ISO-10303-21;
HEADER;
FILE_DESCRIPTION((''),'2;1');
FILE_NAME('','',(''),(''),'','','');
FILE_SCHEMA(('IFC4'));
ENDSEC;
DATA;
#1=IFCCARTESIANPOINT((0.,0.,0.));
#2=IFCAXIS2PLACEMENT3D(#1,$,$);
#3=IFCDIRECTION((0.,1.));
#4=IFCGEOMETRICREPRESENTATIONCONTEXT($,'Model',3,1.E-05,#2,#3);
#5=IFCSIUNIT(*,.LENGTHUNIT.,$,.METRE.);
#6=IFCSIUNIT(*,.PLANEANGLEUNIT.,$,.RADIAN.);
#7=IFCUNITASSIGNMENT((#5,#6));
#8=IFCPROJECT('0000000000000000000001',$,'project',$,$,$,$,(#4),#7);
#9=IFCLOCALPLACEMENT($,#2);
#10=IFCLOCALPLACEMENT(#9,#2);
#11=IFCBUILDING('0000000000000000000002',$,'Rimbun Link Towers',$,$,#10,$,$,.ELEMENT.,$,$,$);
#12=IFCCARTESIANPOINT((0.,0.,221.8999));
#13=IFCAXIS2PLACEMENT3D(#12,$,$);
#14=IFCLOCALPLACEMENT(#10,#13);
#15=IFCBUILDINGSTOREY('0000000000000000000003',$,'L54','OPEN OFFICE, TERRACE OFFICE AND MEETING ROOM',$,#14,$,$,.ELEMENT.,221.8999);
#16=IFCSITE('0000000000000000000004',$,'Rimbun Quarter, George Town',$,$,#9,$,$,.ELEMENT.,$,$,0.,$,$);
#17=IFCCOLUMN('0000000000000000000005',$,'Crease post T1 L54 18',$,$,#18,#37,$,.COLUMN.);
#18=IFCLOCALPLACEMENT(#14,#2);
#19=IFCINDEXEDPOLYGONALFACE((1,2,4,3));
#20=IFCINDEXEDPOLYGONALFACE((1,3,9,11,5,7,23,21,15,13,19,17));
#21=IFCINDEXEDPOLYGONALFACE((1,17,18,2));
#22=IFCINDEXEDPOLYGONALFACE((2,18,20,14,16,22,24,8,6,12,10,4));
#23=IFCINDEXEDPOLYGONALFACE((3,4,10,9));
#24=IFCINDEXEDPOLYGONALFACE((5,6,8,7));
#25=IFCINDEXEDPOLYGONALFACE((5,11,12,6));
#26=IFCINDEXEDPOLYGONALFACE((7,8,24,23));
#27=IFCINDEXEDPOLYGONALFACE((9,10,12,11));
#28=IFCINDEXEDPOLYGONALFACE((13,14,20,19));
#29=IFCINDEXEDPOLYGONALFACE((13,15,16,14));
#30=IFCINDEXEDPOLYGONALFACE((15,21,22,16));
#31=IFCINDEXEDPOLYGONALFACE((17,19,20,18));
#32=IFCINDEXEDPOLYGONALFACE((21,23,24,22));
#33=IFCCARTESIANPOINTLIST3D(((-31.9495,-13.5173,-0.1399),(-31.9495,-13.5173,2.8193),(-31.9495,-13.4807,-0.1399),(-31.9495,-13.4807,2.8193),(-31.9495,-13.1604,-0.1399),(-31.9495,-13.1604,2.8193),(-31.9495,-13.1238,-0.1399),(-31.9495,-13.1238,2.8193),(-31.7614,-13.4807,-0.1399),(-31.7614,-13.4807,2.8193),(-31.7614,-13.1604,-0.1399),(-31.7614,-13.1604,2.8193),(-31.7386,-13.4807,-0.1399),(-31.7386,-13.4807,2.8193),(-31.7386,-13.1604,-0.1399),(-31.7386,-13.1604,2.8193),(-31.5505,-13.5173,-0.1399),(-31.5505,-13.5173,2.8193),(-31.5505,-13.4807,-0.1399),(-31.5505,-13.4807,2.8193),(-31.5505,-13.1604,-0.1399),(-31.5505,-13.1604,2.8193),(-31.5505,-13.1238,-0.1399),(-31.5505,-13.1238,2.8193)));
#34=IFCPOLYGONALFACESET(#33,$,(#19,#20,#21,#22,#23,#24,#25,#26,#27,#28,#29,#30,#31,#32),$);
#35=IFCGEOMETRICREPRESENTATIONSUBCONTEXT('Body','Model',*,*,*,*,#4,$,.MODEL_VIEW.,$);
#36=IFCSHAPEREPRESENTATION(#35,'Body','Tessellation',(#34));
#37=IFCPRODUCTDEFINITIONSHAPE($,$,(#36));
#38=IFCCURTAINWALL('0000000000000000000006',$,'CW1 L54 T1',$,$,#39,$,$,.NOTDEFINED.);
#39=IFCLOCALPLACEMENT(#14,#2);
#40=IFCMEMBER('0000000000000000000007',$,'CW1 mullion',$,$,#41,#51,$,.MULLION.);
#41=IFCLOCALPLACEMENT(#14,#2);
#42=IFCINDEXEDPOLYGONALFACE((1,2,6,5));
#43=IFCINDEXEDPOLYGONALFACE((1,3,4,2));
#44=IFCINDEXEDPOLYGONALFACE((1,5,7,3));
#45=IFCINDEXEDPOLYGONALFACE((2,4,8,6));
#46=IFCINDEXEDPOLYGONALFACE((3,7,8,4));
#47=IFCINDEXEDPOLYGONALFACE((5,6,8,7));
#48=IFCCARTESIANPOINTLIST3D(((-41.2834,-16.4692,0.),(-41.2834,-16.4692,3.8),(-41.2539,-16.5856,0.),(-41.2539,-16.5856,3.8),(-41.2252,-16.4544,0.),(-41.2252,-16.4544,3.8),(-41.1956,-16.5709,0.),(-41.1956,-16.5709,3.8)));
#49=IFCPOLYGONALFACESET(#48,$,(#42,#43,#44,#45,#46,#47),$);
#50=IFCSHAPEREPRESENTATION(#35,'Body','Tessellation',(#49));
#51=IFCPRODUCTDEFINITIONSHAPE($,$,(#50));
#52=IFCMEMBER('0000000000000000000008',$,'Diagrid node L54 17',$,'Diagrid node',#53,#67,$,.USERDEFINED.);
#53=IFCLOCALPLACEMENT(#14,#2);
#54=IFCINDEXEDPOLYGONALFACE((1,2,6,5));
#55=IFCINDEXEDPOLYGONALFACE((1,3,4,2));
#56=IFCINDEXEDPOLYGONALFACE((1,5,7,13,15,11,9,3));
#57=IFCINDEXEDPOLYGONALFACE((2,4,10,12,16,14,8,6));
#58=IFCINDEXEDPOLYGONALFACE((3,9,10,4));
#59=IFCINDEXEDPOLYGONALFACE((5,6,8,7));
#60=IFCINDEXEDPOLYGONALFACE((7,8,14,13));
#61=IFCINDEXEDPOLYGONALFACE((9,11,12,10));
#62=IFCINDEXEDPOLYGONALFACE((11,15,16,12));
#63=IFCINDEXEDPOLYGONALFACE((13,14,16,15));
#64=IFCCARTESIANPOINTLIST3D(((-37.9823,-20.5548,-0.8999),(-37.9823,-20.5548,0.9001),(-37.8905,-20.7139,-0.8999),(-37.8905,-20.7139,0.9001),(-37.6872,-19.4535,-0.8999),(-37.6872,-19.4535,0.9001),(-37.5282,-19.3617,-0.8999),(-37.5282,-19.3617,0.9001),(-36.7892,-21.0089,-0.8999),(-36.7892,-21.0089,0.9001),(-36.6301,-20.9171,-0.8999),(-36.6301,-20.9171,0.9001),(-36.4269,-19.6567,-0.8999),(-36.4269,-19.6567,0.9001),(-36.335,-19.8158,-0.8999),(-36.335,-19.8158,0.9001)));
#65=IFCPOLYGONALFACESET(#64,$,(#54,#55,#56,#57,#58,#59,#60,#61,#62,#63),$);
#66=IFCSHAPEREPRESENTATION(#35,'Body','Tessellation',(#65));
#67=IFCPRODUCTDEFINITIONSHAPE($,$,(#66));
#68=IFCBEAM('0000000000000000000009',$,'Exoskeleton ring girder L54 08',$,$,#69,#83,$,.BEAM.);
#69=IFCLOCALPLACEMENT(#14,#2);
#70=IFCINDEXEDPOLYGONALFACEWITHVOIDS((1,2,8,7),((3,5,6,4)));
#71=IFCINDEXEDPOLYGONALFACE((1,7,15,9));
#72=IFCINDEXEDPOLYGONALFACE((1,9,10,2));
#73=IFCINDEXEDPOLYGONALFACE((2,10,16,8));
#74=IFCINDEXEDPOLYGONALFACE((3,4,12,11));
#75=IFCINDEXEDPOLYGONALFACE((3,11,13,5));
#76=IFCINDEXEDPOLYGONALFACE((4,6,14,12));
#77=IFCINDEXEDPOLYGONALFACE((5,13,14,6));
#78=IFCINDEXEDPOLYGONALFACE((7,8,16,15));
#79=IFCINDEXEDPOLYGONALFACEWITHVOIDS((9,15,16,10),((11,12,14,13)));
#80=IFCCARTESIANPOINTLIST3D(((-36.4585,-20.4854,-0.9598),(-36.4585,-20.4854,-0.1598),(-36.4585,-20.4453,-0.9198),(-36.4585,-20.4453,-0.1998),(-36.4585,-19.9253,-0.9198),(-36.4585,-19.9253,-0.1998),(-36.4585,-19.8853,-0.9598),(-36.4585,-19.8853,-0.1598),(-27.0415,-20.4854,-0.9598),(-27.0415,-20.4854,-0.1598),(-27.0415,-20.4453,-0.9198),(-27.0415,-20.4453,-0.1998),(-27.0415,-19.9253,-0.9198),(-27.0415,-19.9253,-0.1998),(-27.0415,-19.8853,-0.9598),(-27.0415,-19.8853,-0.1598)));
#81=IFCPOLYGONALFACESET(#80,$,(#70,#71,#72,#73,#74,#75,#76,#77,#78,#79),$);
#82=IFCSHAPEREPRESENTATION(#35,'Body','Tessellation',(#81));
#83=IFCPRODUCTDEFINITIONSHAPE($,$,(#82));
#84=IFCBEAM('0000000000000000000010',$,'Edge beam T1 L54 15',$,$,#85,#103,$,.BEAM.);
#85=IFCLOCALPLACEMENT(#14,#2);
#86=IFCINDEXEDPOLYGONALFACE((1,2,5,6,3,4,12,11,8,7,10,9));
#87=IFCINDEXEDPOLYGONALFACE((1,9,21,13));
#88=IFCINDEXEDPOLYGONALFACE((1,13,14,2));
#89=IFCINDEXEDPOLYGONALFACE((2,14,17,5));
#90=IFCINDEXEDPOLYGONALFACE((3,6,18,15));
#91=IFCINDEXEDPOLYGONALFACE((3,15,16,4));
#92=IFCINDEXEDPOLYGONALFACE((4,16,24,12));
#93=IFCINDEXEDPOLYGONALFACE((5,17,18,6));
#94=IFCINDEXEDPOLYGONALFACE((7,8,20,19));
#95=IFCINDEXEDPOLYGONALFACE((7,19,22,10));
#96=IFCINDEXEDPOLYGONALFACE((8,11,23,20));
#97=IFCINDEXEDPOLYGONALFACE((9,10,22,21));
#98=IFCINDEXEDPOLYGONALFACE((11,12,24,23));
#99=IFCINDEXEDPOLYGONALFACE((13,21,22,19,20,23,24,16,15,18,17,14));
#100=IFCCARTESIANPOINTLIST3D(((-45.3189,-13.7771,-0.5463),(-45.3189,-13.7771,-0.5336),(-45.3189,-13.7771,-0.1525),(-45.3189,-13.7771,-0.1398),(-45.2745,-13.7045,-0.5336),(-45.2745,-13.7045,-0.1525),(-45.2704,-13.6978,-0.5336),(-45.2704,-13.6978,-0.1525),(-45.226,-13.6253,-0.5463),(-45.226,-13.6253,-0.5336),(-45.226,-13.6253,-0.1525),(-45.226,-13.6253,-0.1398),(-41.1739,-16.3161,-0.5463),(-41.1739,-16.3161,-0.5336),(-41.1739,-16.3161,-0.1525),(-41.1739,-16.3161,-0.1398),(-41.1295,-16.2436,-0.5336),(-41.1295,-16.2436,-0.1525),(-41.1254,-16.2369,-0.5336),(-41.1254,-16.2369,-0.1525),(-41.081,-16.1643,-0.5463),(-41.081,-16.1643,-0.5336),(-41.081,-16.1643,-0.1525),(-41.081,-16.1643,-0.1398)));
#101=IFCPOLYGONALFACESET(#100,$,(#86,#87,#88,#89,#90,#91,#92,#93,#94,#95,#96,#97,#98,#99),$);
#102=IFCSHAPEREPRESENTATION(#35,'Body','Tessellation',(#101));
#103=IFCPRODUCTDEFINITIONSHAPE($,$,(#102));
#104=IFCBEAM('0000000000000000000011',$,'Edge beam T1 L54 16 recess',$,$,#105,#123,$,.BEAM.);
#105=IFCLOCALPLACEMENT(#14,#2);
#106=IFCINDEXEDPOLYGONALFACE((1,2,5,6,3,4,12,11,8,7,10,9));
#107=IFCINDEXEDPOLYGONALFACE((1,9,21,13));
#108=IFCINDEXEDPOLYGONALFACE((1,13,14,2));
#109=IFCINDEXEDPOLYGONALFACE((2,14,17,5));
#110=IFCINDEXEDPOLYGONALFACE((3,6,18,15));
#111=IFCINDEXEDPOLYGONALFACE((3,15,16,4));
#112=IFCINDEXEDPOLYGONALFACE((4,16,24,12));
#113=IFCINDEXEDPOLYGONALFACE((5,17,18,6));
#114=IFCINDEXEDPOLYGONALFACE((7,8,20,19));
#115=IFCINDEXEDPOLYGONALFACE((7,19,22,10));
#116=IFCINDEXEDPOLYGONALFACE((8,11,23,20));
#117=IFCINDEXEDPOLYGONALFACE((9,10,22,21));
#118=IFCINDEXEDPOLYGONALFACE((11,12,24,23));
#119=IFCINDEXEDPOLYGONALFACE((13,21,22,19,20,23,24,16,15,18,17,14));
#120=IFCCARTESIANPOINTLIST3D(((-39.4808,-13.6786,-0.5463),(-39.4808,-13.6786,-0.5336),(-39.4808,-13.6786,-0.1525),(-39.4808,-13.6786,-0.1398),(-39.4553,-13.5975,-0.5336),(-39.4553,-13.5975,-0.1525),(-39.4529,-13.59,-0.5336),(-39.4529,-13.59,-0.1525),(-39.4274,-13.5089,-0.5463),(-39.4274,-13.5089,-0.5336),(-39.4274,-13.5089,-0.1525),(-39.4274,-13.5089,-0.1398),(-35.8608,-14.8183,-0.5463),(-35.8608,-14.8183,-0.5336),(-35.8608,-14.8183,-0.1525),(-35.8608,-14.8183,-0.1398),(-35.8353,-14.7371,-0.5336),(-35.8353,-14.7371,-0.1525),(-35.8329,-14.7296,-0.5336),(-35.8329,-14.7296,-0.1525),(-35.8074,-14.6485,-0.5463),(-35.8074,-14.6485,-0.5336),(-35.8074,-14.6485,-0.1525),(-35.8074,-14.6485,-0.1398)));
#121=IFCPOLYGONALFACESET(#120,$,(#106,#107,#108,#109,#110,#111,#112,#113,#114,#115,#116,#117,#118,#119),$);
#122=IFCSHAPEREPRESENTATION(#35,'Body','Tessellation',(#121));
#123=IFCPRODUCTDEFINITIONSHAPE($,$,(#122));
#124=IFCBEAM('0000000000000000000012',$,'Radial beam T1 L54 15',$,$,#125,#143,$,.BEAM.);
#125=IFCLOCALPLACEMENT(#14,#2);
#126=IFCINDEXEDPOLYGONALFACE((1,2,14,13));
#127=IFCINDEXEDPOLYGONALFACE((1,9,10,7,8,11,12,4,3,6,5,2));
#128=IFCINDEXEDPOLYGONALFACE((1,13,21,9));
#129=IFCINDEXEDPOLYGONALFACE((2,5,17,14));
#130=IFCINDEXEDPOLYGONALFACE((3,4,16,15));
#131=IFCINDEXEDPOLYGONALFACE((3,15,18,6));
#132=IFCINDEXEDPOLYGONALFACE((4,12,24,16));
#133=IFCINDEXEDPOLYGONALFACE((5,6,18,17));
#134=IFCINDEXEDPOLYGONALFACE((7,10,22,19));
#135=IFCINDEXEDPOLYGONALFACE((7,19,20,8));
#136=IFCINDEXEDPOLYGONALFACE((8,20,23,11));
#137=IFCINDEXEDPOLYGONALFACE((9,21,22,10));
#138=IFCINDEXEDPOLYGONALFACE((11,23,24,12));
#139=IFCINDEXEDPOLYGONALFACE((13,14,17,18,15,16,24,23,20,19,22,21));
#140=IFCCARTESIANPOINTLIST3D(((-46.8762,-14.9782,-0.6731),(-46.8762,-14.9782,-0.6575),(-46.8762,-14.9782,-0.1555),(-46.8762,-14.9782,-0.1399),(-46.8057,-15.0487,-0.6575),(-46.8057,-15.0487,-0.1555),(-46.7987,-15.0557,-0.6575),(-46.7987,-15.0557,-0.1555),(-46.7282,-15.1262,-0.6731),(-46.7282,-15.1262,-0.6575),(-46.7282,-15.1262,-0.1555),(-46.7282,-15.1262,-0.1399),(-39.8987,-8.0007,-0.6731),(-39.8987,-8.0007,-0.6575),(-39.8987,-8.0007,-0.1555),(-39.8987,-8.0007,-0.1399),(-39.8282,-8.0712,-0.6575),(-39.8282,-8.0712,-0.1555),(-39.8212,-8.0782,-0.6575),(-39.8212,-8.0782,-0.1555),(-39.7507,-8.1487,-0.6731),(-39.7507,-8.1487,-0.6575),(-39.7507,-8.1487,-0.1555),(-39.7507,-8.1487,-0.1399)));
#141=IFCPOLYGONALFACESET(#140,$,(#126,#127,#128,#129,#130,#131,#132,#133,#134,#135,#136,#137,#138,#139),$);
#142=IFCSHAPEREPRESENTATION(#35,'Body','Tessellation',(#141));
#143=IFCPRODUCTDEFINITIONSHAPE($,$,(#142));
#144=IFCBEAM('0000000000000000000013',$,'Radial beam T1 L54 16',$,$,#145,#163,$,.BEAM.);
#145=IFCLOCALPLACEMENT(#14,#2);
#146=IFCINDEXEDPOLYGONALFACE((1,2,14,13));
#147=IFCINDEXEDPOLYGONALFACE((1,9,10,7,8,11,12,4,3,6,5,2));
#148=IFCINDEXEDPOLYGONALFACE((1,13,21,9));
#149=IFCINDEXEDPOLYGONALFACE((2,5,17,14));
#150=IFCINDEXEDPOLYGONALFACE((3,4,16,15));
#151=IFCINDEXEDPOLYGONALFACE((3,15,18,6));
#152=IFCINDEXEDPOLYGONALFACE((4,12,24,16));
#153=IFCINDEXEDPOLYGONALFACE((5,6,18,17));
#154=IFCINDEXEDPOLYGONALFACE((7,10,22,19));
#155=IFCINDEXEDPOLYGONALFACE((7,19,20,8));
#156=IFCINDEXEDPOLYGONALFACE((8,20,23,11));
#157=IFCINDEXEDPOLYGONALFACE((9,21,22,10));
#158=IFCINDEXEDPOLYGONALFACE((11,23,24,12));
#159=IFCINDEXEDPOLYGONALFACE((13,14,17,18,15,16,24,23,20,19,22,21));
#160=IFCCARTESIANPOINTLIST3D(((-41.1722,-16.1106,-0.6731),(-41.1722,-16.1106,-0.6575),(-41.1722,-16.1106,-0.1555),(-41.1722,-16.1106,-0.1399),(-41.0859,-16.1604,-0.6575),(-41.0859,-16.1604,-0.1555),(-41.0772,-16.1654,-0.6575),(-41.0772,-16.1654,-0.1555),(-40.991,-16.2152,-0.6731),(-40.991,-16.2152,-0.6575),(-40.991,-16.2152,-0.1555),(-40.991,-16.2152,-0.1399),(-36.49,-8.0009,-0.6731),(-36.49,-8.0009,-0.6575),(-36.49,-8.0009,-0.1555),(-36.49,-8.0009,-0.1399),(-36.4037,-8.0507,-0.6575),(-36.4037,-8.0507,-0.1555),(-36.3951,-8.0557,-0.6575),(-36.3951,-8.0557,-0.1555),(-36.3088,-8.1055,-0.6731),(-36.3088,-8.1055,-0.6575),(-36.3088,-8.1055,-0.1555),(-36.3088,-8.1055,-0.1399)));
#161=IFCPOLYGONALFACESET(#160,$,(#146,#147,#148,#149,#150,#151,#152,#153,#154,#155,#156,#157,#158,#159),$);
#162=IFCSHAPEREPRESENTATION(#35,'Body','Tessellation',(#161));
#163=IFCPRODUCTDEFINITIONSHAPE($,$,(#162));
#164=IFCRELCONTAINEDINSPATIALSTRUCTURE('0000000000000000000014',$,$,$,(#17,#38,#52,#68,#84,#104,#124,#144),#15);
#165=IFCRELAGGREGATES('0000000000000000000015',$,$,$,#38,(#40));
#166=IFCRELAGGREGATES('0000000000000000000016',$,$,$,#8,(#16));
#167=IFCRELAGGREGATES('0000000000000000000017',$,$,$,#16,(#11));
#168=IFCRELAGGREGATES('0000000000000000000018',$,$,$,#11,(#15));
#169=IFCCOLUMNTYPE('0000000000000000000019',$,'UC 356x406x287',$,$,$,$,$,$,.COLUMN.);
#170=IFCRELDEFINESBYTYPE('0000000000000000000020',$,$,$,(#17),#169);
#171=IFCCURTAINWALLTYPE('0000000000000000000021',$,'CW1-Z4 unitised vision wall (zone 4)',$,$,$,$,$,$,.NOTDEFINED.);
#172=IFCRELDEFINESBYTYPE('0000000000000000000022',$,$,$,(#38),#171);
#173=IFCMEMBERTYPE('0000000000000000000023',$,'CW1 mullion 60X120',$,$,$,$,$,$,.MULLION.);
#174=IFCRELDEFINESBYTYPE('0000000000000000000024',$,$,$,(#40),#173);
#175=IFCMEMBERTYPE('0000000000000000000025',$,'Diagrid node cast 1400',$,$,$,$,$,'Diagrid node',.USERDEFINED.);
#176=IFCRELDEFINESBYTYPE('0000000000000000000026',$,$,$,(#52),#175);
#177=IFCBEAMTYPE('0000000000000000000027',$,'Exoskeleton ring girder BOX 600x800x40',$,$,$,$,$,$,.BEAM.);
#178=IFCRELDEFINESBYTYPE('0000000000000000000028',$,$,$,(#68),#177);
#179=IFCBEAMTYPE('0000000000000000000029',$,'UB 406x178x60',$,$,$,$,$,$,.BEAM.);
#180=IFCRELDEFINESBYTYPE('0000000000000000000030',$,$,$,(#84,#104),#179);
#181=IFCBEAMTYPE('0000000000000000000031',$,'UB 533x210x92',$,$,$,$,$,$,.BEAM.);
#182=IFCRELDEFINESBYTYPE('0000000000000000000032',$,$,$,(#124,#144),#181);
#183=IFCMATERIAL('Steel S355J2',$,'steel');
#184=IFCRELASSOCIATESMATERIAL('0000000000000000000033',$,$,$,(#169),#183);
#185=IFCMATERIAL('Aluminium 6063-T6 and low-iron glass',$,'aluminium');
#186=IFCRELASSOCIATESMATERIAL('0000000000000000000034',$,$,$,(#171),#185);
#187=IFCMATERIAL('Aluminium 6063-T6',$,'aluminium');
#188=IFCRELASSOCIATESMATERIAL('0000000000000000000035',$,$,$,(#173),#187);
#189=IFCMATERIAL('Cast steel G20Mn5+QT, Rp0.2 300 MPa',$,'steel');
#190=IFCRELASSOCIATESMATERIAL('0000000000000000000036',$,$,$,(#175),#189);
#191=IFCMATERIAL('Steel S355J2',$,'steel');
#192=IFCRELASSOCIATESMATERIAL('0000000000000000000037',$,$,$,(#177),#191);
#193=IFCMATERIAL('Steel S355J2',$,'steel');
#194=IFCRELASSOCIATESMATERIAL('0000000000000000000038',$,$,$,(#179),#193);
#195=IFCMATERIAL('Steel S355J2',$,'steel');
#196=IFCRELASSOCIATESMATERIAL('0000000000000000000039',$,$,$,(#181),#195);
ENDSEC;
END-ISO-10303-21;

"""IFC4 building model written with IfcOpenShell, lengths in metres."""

from ifc_helpers import new_model, si_unit, direction, frame, origin, origin_2d, place, context, subcontext, project, spatial, polyline, rectangle, hollow_rectangle, i_section, outline, extrude, material, material_profile, profile_set, type_object, element, aggregate, save


model = new_model("IFC4")

# Units and contexts
model_context = context("Model", 3, precision=1e-05, world=origin(), true_north=direction((0.0, 1.0)))
body_context = subcontext(model_context, "Body", "Model", "MODEL_VIEW")
ifc_project = project(units=[si_unit("LENGTHUNIT", "METRE"), si_unit("PLANEANGLEUNIT", "RADIAN")], contexts=[model_context])

# Site, building, storey
site_placement = place(None, origin())
site = spatial("IfcSite", under=ifc_project, at=site_placement, Name="Rimbun Quarter, George Town", CompositionType="ELEMENT", RefElevation=0.0)
building_placement = place(site_placement, origin())
building = spatial("IfcBuilding", under=site, at=building_placement, Name="Rimbun Link Towers", CompositionType="ELEMENT")
storey_placement = place(building_placement, frame((0.0, 0.0, 221.8999)))
storey = spatial("IfcBuildingStorey", under=building, at=storey_placement, Name="L54", Description="OPEN OFFICE, TERRACE OFFICE AND MEETING ROOM", CompositionType="ELEMENT", Elevation=221.8999)

# Column
ifc_material_1 = material(Name="Steel S355J2", Category="steel")
ifc_material_profile_1 = material_profile(ifc_material_1, i_section(OverallWidth=0.3989, OverallDepth=0.3936, WebThickness=0.0227, FlangeThickness=0.0366, at=origin_2d()), Name="UC 356x406x287")
ifc_profile_set_1 = profile_set([ifc_material_profile_1], Name="Steel S355J2")
column_type = type_object("IfcColumnType", Name="UC 356x406x287", PredefinedType="COLUMN", material=ifc_profile_set_1)
column_placement = place(storey_placement, frame((-31.75, -13.3206, -0.1399), z_axis=(0.0, 0.0, 1.0), x_axis=(1.0, 0.0, 0.0)))
element("IfcColumn", 1, at=column_placement, inside=storey, type_object=column_type, Name="Crease post T1 L54 18", PredefinedType="COLUMN", context=body_context, shape_type="SweptSolid", body=[
    extrude(i_section(OverallWidth=0.3989, OverallDepth=0.3936, WebThickness=0.0227, FlangeThickness=0.0366, at=origin_2d()), origin(), (0.0, 0.0, 1.0), 2.9592),
])

# Curtain wall, member
ifc_material_2 = material(Name="Aluminium 6063-T6 and low-iron glass", Category="aluminium")
curtain_wall_type = type_object("IfcCurtainWallType", Name="CW1-Z4 unitised vision wall (zone 4)", PredefinedType="NOTDEFINED", material=ifc_material_2)
curtain_wall_placement = place(storey_placement, origin())
curtain_wall = element("IfcCurtainWall", 2, at=curtain_wall_placement, inside=storey, type_object=curtain_wall_type, Name="CW1 L54 T1", PredefinedType="NOTDEFINED")
ifc_material_3 = material(Name="Aluminium 6063-T6", Category="aluminium")
ifc_material_profile_2 = material_profile(ifc_material_3, rectangle(XDim=0.1201, YDim=0.0601, at=origin_2d()), Name="MULLION 60X120")
ifc_profile_set_2 = profile_set([ifc_material_profile_2], Name="Aluminium 6063-T6")
member_type_1 = type_object("IfcMemberType", Name="CW1 mullion 60X120", PredefinedType="MULLION", material=ifc_profile_set_2)
member_1_placement = place(storey_placement, frame((-41.2395, -16.52, 0.0), z_axis=(0.0, 0.0, 1.0), x_axis=(0.245735, -0.969337, 0.0)))
member_1 = element("IfcMember", 3, at=member_1_placement, type_object=member_type_1, Name="CW1 mullion", PredefinedType="MULLION", context=body_context, shape_type="SweptSolid", body=[
    extrude(rectangle(XDim=0.1201, YDim=0.0601, at=origin_2d()), origin(), (0.0, 0.0, 1.0), 3.8),
])
aggregate(curtain_wall, [member_1])

# Member
ifc_material_4 = material(Name="Cast steel G20Mn5+QT, Rp0.2 300 MPa", Category="steel")
ifc_material_profile_3 = material_profile(ifc_material_4, outline(polyline([(0.7, -0.5701), (0.7, 0.5701), (0.5701, 0.7), (-0.5701, 0.7), (-0.7, 0.5701), (-0.7, -0.5701), (-0.5701, -0.7), (0.5701, -0.7), (0.7, -0.5701)])), Name="NODE 1400x1400")
ifc_profile_set_3 = profile_set([ifc_material_profile_3], Name="Cast steel G20Mn5+QT, Rp0.2 300 MPa")
member_type_2 = type_object("IfcMemberType", Name="Diagrid node cast 1400", ElementType="Diagrid node", PredefinedType="USERDEFINED", material=ifc_profile_set_3)
member_2_placement = place(storey_placement, frame((-37.1587, -20.1853, -0.8999), z_axis=(0.0, 0.0, 1.0), x_axis=(-0.258819, -0.965926, 0.0)))
element("IfcMember", 4, at=member_2_placement, inside=storey, type_object=member_type_2, Name="Diagrid node L54 17", ObjectType="Diagrid node", PredefinedType="USERDEFINED", context=body_context, shape_type="SweptSolid", body=[
    extrude(outline(polyline([(0.7, -0.5701), (0.7, 0.5701), (0.5701, 0.7), (-0.5701, 0.7), (-0.7, 0.5701), (-0.7, -0.5701), (-0.5701, -0.7), (0.5701, -0.7), (0.7, -0.5701)])), origin(), (0.0, 0.0, 1.0), 1.8),
])

# Beams
ifc_material_5 = material(Name="Steel S355J2", Category="steel")
ifc_material_profile_4 = material_profile(ifc_material_5, hollow_rectangle(XDim=0.6001, YDim=0.8, WallThickness=0.04, at=origin_2d()), Name="Exoskeleton ring girder BOX 600x800x40")
ifc_profile_set_4 = profile_set([ifc_material_profile_4], Name="Steel S355J2")
beam_type_1 = type_object("IfcBeamType", Name="Exoskeleton ring girder BOX 600x800x40", PredefinedType="BEAM", material=ifc_profile_set_4)
beam_1_placement = place(storey_placement, frame((-36.4585, -20.1853, -0.5598), z_axis=(1.0, 0.0, 0.0), x_axis=(0.0, 1.0, 0.0)))
element("IfcBeam", 5, at=beam_1_placement, inside=storey, type_object=beam_type_1, Name="Exoskeleton ring girder L54 08", PredefinedType="BEAM", context=body_context, shape_type="SweptSolid", body=[
    extrude(hollow_rectangle(XDim=0.6001, YDim=0.8, WallThickness=0.04, at=origin_2d()), origin(), (0.0, 0.0, 1.0), 9.417),
])
ifc_material_6 = material(Name="Steel S355J2", Category="steel")
ifc_material_profile_5 = material_profile(ifc_material_6, i_section(OverallWidth=0.178, OverallDepth=0.4065, WebThickness=0.0078, FlangeThickness=0.0127, at=origin_2d()), Name="UB 406x178x60")
ifc_profile_set_5 = profile_set([ifc_material_profile_5], Name="Steel S355J2")
beam_type_2 = type_object("IfcBeamType", Name="UB 406x178x60", PredefinedType="BEAM", material=ifc_profile_set_5)
beam_2_placement = place(storey_placement, frame((-45.2725, -13.7012, -0.343), z_axis=(0.852733, -0.522348, 0.0), x_axis=(0.522348, 0.852733, 0.0)))
element("IfcBeam", 6, at=beam_2_placement, inside=storey, type_object=beam_type_2, Name="Edge beam T1 L54 15", PredefinedType="BEAM", context=body_context, shape_type="SweptSolid", body=[
    extrude(i_section(OverallWidth=0.178, OverallDepth=0.4065, WebThickness=0.0078, FlangeThickness=0.0127, at=origin_2d()), origin(), (0.0, 0.0, 1.0), 4.8608),
])
beam_3_placement = place(storey_placement, frame((-39.4541, -13.5938, -0.343), z_axis=(0.953851, -0.300282, 0.0), x_axis=(0.300282, 0.953851, 0.0)))
element("IfcBeam", 7, at=beam_3_placement, inside=storey, type_object=beam_type_2, Name="Edge beam T1 L54 16 recess", PredefinedType="BEAM", context=body_context, shape_type="SweptSolid", body=[
    extrude(i_section(OverallWidth=0.178, OverallDepth=0.4065, WebThickness=0.0078, FlangeThickness=0.0127, at=origin_2d()), origin(), (0.0, 0.0, 1.0), 3.7952),
])
ifc_material_7 = material(Name="Steel S355J2", Category="steel")
ifc_material_profile_6 = material_profile(ifc_material_7, i_section(OverallWidth=0.2092, OverallDepth=0.5332, WebThickness=0.01, FlangeThickness=0.0156, at=origin_2d()), Name="UB 533x210x92")
ifc_profile_set_6 = profile_set([ifc_material_profile_6], Name="Steel S355J2")
beam_type_3 = type_object("IfcBeamType", Name="UB 533x210x92", PredefinedType="BEAM", material=ifc_profile_set_6)
beam_4_placement = place(storey_placement, frame((-39.8247, -8.0747, -0.4065), z_axis=(-0.707107, -0.707107, 0.0), x_axis=(0.707107, -0.707107, 0.0)))
element("IfcBeam", 8, at=beam_4_placement, inside=storey, type_object=beam_type_3, Name="Radial beam T1 L54 15", PredefinedType="BEAM", context=body_context, shape_type="SweptSolid", body=[
    extrude(i_section(OverallWidth=0.2092, OverallDepth=0.5332, WebThickness=0.01, FlangeThickness=0.0156, at=origin_2d()), origin(), (0.0, 0.0, 1.0), 9.8677),
])
beam_5_placement = place(storey_placement, frame((-36.3994, -8.0532, -0.4065), z_axis=(-0.500003, -0.866024, 0.0), x_axis=(0.866024, -0.500003, 0.0)))
element("IfcBeam", 9, at=beam_5_placement, inside=storey, type_object=beam_type_3, Name="Radial beam T1 L54 16", PredefinedType="BEAM", context=body_context, shape_type="SweptSolid", body=[
    extrude(i_section(OverallWidth=0.2092, OverallDepth=0.5332, WebThickness=0.01, FlangeThickness=0.0156, at=origin_2d()), origin(), (0.0, 0.0, 1.0), 9.3643),
])

save(model, "model.ifc")
